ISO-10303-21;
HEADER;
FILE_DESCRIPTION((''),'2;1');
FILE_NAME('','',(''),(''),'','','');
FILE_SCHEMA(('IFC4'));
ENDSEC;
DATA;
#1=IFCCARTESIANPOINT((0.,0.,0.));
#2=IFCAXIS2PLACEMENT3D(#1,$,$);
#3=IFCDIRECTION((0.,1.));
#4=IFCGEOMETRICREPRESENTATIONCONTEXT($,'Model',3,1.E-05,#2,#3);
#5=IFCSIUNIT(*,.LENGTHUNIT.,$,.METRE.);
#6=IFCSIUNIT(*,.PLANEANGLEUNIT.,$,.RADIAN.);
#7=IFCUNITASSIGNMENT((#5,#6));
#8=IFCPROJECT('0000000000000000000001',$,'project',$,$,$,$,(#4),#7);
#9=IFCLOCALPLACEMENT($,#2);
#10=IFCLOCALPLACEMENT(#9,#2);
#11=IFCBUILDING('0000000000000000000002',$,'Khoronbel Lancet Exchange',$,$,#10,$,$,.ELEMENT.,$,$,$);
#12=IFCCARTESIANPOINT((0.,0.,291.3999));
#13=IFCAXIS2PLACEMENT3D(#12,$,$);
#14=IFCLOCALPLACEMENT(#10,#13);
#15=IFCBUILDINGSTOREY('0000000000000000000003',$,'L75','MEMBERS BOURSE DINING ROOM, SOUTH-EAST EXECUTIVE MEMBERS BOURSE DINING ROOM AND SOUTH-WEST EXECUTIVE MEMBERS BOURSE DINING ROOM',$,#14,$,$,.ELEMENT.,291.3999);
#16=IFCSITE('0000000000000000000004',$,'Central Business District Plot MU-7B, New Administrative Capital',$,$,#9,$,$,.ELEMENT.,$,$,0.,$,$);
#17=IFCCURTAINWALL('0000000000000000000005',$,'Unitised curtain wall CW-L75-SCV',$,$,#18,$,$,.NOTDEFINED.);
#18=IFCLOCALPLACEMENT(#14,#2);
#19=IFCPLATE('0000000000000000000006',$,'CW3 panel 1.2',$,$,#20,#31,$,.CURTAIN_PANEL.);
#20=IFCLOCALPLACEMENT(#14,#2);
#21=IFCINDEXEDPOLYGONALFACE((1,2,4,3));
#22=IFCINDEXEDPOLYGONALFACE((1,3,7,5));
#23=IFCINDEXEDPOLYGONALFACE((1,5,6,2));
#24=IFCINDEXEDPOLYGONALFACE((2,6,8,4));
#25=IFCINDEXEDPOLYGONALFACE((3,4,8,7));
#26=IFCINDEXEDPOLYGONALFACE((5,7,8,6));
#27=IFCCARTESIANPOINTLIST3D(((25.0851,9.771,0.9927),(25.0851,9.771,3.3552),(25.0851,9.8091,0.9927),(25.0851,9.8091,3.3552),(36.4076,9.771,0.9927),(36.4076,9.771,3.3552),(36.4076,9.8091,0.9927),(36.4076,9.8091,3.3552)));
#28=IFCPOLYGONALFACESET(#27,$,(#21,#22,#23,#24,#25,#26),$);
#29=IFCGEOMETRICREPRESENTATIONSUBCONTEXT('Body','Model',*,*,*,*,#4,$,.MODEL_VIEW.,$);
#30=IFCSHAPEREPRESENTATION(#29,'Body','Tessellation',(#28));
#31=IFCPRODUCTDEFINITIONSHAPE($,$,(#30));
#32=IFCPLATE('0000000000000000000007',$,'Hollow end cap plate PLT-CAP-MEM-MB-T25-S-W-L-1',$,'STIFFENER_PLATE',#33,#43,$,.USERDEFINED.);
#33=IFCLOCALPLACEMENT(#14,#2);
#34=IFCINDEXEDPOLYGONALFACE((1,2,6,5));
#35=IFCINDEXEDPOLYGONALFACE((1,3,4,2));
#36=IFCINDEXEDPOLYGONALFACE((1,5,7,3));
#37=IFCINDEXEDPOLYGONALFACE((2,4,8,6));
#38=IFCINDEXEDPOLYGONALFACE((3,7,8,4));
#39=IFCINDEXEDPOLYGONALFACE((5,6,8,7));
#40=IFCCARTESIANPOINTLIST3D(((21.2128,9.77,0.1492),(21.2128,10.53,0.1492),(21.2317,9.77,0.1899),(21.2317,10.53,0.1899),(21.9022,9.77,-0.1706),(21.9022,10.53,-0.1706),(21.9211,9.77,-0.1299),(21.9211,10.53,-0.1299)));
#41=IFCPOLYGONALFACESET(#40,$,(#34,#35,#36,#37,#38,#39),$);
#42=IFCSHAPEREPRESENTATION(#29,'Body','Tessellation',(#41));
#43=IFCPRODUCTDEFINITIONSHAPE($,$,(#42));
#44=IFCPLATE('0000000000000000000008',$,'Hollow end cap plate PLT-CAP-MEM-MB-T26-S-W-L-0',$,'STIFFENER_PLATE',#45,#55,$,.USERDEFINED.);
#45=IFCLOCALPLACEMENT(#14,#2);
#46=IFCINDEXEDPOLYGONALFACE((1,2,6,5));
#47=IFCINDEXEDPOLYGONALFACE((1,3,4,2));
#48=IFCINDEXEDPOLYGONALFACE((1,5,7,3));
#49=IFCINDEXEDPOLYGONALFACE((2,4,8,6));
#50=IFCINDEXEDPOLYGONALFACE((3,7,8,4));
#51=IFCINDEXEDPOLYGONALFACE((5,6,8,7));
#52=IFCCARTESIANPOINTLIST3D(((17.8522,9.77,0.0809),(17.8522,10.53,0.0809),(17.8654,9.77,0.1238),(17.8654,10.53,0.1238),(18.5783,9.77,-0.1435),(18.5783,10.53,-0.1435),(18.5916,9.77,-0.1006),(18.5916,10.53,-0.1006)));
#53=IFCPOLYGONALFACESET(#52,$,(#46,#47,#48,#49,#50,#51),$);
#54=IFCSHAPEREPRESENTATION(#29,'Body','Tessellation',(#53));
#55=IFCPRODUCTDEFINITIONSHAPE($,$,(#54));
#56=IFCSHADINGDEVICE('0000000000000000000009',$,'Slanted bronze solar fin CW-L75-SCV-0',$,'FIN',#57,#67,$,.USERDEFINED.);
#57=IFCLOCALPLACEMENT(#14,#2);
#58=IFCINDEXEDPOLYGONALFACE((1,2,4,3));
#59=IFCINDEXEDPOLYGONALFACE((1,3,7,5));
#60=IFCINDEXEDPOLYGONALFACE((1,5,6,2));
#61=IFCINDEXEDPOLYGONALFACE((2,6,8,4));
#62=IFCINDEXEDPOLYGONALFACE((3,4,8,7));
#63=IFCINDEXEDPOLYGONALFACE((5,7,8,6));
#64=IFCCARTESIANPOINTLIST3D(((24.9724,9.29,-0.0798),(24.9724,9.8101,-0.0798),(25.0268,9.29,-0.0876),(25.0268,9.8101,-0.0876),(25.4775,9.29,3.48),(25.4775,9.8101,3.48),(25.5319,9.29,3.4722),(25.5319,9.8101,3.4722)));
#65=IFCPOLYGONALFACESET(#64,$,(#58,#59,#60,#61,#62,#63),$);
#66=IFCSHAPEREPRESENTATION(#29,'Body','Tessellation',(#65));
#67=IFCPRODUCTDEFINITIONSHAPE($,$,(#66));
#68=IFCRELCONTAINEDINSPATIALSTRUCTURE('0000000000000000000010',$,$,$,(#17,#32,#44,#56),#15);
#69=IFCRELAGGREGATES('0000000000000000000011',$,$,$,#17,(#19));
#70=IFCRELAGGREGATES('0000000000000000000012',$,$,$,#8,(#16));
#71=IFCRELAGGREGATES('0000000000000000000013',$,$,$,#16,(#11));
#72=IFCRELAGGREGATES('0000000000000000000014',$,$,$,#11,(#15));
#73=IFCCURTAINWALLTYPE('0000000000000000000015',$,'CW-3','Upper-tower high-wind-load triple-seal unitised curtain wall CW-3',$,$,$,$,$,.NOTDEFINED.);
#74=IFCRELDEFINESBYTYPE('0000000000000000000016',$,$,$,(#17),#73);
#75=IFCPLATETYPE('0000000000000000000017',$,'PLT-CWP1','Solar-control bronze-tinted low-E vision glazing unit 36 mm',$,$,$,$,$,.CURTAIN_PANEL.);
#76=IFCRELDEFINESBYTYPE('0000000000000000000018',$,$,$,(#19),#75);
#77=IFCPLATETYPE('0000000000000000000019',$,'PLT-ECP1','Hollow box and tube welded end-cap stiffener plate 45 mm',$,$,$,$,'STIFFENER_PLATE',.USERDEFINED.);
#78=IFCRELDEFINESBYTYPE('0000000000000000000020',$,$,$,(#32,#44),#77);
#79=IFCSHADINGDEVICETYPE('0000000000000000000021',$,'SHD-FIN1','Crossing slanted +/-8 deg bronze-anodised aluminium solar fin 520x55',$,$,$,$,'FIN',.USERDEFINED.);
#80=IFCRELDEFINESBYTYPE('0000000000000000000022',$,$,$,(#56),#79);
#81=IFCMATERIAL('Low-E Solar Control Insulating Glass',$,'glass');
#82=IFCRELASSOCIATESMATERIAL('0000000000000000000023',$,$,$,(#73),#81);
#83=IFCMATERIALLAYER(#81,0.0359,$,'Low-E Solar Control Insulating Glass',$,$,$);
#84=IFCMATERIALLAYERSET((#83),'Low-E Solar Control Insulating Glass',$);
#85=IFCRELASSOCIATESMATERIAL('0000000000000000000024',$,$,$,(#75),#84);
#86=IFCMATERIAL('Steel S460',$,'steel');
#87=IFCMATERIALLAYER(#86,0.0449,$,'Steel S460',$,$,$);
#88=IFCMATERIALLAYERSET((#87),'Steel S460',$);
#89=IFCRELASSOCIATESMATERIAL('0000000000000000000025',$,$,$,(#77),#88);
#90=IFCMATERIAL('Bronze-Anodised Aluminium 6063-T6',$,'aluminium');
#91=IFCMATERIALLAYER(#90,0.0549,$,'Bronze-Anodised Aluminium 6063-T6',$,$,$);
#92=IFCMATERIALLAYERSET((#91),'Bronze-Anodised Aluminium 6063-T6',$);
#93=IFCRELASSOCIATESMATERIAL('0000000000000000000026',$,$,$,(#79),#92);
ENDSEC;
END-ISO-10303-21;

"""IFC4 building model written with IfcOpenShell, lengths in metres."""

from ifc_helpers import new_model, si_unit, direction, frame, origin, origin_2d, place, context, subcontext, project, spatial, polyline, rectangle, outline, extrude, material, layer, layer_set, type_object, element, aggregate, save


model = new_model("IFC4")

# Units and contexts
model_context = context("Model", 3, precision=1e-05, world=origin(), true_north=direction((0.0, 1.0)))
body_context = subcontext(model_context, "Body", "Model", "MODEL_VIEW")
ifc_project = project(units=[si_unit("LENGTHUNIT", "METRE"), si_unit("PLANEANGLEUNIT", "RADIAN")], contexts=[model_context])

# Site, building, storey
site_placement = place(None, origin())
site = spatial("IfcSite", under=ifc_project, at=site_placement, Name="Central Business District Plot MU-7B, New Administrative Capital", CompositionType="ELEMENT", RefElevation=0.0)
building_placement = place(site_placement, origin())
building = spatial("IfcBuilding", under=site, at=building_placement, Name="Khoronbel Lancet Exchange", CompositionType="ELEMENT")
storey_placement = place(building_placement, frame((0.0, 0.0, 291.3999)))
storey = spatial("IfcBuildingStorey", under=building, at=storey_placement, Name="L75", Description="MEMBERS BOURSE DINING ROOM, SOUTH-EAST EXECUTIVE MEMBERS BOURSE DINING ROOM AND SOUTH-WEST EXECUTIVE MEMBERS BOURSE DINING ROOM", CompositionType="ELEMENT", Elevation=291.3999)

# Shared definitions
ifc_material_1 = material(Name="Steel S460", Category="steel")

# Shared definitions
ifc_material_2 = material(Name="Low-E Solar Control Insulating Glass", Category="glass")
curtain_wall_type = type_object("IfcCurtainWallType", Name="CW-3", Description="Upper-tower high-wind-load triple-seal unitised curtain wall CW-3", PredefinedType="NOTDEFINED", material=ifc_material_2)
ifc_material_3 = material(Name="Bronze-Anodised Aluminium 6063-T6", Category="aluminium")

# Curtain wall
curtain_wall_1_placement = place(storey_placement, origin())
curtain_wall_1 = element("IfcCurtainWall", 1, at=curtain_wall_1_placement, inside=storey, type_object=curtain_wall_type, Name="Unitised curtain wall CW-L75-SCV", PredefinedType="NOTDEFINED")

# Plate
ifc_layer_1 = layer(ifc_material_2, 0.0359, Name="Low-E Solar Control Insulating Glass")
ifc_layer_set_1 = layer_set([ifc_layer_1], Name="Low-E Solar Control Insulating Glass")
plate_type_1 = type_object("IfcPlateType", Name="PLT-CWP1", Description="Solar-control bronze-tinted low-E vision glazing unit 36 mm", PredefinedType="CURTAIN_PANEL", material=ifc_layer_set_1)
plate_1_placement = place(storey_placement, frame((30.7463, 9.79, 0.9927), z_axis=(0.0, 0.0, 1.0), x_axis=(1.0, 0.0, 0.0)))
plate_1 = element("IfcPlate", 2, at=plate_1_placement, type_object=plate_type_1, Name="CW3 panel 1.2", PredefinedType="CURTAIN_PANEL", context=body_context, shape_type="SweptSolid", body=[
    extrude(rectangle(XDim=11.3225, YDim=0.0381, at=origin_2d()), origin(), (0.0, 0.0, 1.0), 2.3625),
])
aggregate(curtain_wall_1, [plate_1])

# Plates
ifc_layer_2 = layer(ifc_material_1, 0.0449, Name="Steel S460")
ifc_layer_set_2 = layer_set([ifc_layer_2], Name="Steel S460")
plate_type_2 = type_object("IfcPlateType", Name="PLT-ECP1", Description="Hollow box and tube welded end-cap stiffener plate 45 mm", ElementType="STIFFENER_PLATE", PredefinedType="USERDEFINED", material=ifc_layer_set_2)
for number, where, z_axis, x_axis, name in (
    (3, (21.9211, 9.77, -0.1299), (0.420809, 0.0, 0.907149), (0.0, 1.0, 0.0), "Hollow end cap plate PLT-CAP-MEM-MB-T25-S-W-L-1"),
    (4, (18.5916, 9.77, -0.1006), (0.295237, 0.0, 0.955424), (0.0, 1.0, 0.0), "Hollow end cap plate PLT-CAP-MEM-MB-T26-S-W-L-0"),
):
    element("IfcPlate", number, at=place(storey_placement, frame(where, z_axis=z_axis, x_axis=x_axis)), inside=storey, type_object=plate_type_2, Name=name, ObjectType="STIFFENER_PLATE", PredefinedType="USERDEFINED", context=body_context, shape_type="SweptSolid", body=[
        extrude(outline(polyline([(0.0, 0.0), (0.76, 0.0), (0.76, 0.76), (0.0, 0.76), (0.0, 0.0)])), origin(), (0.0, 0.0, -1.0), 0.0449),
    ])

# Shading device
ifc_layer_3 = layer(ifc_material_3, 0.0549, Name="Bronze-Anodised Aluminium 6063-T6")
ifc_layer_set_3 = layer_set([ifc_layer_3], Name="Bronze-Anodised Aluminium 6063-T6")
shading_device_type = type_object("IfcShadingDeviceType", Name="SHD-FIN1", Description="Crossing slanted +/-8 deg bronze-anodised aluminium solar fin 520x55", ElementType="FIN", PredefinedType="USERDEFINED", material=ifc_layer_set_3)
shading_device_placement = place(storey_placement, frame((24.9724, 9.8101, -0.0798), z_axis=(-0.990082, 0.0, 0.14049), x_axis=(0.0, -1.0, 0.0)))
element("IfcShadingDevice", 5, at=shading_device_placement, inside=storey, type_object=shading_device_type, Name="Slanted bronze solar fin CW-L75-SCV-0", ObjectType="FIN", PredefinedType="USERDEFINED", context=body_context, shape_type="SweptSolid", body=[
    extrude(outline(polyline([(0.0, 0.0), (0.52, 0.0), (0.52, 3.5955), (0.0, 3.5955), (0.0, 0.0)])), origin(), (0.0, 0.0, -1.0), 0.0549),
])

save(model, "model.ifc")
